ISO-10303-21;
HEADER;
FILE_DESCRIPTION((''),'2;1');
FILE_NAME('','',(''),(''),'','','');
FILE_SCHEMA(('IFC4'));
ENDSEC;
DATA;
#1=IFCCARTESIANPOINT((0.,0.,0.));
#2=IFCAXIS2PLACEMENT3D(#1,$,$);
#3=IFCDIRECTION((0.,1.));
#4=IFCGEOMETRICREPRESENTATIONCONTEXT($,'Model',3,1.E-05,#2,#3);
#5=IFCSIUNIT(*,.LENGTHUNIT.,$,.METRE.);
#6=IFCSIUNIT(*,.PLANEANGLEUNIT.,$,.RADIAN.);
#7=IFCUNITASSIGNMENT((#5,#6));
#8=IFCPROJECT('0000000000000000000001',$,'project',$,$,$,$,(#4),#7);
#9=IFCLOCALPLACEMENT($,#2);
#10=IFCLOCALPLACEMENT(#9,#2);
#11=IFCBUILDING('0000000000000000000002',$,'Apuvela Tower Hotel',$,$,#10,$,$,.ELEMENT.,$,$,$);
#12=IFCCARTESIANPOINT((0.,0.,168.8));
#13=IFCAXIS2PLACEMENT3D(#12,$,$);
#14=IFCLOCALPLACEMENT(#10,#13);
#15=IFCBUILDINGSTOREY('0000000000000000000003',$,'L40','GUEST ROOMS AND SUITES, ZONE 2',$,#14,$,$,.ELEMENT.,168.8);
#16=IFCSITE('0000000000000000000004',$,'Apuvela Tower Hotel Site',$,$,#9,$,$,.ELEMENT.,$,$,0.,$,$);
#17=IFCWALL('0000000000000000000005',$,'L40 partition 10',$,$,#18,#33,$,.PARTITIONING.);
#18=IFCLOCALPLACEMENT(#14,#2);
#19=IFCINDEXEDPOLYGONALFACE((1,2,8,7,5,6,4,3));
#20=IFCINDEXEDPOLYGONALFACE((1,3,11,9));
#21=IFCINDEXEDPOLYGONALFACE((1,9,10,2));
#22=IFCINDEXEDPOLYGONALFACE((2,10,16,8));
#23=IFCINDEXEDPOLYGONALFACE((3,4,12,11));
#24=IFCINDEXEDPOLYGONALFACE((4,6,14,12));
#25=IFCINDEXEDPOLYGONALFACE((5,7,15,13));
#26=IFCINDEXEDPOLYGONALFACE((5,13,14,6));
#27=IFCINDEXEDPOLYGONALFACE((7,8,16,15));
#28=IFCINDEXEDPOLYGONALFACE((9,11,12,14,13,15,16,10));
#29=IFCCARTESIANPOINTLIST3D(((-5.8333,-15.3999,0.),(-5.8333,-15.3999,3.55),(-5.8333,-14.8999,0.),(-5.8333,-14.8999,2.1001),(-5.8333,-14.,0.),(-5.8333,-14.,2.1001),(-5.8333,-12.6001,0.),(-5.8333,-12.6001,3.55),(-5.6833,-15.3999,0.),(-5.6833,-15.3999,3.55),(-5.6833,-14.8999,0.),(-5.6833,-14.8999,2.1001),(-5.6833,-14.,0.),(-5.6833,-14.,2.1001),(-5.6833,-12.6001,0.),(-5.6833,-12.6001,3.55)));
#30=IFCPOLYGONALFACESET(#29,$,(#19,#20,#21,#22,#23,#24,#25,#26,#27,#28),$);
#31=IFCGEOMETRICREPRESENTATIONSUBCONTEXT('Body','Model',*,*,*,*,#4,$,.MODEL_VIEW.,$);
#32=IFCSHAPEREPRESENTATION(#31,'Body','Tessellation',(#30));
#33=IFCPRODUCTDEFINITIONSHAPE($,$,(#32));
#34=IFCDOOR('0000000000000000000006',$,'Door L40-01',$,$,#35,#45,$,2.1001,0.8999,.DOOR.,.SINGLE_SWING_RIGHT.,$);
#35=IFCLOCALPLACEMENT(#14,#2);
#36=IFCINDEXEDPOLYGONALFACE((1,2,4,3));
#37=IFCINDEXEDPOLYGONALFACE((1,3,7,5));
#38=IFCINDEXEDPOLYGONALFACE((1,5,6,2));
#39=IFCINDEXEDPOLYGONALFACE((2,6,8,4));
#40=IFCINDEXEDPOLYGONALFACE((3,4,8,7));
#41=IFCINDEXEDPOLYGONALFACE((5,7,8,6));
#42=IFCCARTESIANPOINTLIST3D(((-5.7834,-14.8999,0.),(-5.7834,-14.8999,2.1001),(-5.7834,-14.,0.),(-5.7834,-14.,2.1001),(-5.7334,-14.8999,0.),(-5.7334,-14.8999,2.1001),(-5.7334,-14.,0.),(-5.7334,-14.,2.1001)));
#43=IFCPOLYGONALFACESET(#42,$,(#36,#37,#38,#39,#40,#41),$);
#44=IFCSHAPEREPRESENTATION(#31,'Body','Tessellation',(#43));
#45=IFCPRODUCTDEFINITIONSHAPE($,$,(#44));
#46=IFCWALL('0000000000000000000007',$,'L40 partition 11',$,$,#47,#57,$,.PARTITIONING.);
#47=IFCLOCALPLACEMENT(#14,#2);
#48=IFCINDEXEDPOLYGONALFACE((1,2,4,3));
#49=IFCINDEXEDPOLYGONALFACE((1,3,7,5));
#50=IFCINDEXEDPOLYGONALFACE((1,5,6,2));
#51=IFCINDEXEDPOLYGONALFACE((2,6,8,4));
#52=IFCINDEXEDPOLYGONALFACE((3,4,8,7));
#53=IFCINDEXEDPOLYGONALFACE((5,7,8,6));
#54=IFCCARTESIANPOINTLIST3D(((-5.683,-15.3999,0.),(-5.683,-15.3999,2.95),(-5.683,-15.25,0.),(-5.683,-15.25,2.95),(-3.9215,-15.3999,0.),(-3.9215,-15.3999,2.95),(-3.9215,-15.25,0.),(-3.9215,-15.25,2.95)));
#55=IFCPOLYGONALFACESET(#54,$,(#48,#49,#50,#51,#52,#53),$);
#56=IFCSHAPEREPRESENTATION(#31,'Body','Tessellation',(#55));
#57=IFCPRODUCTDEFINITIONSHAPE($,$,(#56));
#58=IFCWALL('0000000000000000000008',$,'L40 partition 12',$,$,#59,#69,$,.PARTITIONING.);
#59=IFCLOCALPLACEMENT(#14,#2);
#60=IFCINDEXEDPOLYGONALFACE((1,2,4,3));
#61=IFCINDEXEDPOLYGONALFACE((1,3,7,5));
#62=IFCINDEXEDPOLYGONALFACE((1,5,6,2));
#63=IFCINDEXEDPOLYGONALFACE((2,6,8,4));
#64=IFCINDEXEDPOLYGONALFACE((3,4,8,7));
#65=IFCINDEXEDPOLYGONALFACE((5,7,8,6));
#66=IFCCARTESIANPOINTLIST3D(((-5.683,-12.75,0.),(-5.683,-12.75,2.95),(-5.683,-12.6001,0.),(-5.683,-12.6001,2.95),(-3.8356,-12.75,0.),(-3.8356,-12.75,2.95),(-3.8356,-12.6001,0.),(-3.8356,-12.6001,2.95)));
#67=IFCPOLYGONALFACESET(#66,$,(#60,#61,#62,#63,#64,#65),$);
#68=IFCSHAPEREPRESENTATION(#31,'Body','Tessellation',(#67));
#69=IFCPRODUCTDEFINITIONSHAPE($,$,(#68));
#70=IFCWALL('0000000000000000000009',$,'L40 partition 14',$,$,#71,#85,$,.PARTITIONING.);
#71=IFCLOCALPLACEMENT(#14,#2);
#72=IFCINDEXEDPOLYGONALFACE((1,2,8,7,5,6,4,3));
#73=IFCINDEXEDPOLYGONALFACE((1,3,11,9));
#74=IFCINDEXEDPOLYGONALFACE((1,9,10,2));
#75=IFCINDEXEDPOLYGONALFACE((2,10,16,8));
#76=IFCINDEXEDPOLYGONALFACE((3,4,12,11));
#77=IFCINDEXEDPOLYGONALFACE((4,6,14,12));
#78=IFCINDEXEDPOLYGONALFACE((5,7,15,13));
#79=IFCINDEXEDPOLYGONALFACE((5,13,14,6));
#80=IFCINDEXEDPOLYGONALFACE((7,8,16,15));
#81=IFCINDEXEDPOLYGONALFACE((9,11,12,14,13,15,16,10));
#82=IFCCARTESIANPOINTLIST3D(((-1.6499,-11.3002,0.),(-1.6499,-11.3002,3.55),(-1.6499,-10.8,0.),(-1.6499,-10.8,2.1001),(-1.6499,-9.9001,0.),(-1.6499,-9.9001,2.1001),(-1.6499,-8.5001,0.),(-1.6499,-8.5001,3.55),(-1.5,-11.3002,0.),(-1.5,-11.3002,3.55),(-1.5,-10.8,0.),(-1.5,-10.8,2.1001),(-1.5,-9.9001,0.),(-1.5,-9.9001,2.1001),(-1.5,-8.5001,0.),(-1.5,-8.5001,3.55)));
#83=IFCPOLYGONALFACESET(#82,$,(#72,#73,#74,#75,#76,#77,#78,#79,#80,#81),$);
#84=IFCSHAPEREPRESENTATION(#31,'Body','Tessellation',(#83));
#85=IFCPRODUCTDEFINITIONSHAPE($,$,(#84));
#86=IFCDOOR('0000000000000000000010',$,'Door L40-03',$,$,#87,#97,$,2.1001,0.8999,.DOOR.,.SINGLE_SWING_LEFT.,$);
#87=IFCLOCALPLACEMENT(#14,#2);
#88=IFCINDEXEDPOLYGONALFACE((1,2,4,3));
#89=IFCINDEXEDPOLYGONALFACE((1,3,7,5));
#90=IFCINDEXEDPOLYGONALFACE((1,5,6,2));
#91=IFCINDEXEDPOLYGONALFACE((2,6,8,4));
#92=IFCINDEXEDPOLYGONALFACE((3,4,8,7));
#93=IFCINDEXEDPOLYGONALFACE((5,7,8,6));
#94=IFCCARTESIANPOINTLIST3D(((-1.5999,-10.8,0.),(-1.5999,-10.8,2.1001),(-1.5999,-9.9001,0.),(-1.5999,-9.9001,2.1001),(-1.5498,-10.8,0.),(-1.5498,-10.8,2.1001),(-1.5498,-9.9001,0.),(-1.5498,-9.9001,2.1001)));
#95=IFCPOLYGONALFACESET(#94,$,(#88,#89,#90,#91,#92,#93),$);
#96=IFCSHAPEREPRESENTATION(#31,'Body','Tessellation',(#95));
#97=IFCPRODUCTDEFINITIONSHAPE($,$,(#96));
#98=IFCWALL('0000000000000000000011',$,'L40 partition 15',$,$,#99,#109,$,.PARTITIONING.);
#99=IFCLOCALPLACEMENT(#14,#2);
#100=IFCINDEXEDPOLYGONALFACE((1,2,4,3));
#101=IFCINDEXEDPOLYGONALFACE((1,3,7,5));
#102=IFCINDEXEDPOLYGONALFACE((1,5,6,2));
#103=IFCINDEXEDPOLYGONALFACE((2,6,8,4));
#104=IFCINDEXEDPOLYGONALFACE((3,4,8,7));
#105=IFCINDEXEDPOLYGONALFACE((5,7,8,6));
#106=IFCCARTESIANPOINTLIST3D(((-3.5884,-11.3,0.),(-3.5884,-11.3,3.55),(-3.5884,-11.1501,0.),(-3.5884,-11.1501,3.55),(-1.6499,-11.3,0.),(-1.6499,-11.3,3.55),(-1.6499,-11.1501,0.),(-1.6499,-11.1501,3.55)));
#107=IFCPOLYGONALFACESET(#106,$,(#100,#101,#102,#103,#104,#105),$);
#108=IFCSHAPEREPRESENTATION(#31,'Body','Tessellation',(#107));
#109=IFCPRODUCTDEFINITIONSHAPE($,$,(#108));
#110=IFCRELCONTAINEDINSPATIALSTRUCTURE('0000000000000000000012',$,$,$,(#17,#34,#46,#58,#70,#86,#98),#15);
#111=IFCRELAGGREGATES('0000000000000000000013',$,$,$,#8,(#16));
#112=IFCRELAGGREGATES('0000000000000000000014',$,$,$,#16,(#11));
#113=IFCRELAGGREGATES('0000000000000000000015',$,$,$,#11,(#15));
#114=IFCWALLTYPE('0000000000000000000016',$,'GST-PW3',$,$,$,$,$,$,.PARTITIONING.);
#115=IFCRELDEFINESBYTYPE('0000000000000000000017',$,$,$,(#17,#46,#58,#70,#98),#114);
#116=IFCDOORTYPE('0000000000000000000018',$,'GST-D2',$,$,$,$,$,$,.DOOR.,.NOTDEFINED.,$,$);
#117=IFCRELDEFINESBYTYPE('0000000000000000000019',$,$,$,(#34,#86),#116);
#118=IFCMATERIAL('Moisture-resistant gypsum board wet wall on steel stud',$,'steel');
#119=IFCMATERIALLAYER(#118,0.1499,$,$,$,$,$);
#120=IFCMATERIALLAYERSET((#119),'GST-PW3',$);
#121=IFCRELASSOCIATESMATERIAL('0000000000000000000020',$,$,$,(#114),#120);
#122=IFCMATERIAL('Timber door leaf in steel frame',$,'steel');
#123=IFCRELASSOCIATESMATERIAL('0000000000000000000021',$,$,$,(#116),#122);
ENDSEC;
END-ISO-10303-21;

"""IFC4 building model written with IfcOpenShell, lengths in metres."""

from ifc_helpers import new_model, si_unit, direction, frame, frame_2d, origin, place, context, subcontext, project, spatial, rectangle, extrude, material, layer, layer_set, type_object, element, fill, save


model = new_model("IFC4")

# Units and contexts
model_context = context("Model", 3, precision=1e-05, world=origin(), true_north=direction((0.0, 1.0)))
body_context = subcontext(model_context, "Body", "Model", "MODEL_VIEW")
ifc_project = project(units=[si_unit("LENGTHUNIT", "METRE"), si_unit("PLANEANGLEUNIT", "RADIAN")], contexts=[model_context])

# Site, building, storey
site_placement = place(None, origin())
site = spatial("IfcSite", under=ifc_project, at=site_placement, Name="Apuvela Tower Hotel Site", CompositionType="ELEMENT", RefElevation=0.0)
building_placement = place(site_placement, origin())
building = spatial("IfcBuilding", under=site, at=building_placement, Name="Apuvela Tower Hotel", CompositionType="ELEMENT")
storey_placement = place(building_placement, frame((0.0, 0.0, 168.8)))
storey = spatial("IfcBuildingStorey", under=building, at=storey_placement, Name="L40", Description="GUEST ROOMS AND SUITES, ZONE 2", CompositionType="ELEMENT", Elevation=168.8)

# Wall, opening, door
ifc_material_1 = material(Name="Timber door leaf in steel frame", Category="steel")
ifc_material_2 = material(Name="Moisture-resistant gypsum board wet wall on steel stud", Category="steel")
ifc_layer_1 = layer(ifc_material_2, 0.1499)
ifc_layer_set_1 = layer_set([ifc_layer_1], Name="GST-PW3")
wall_type_1 = type_object("IfcWallType", Name="GST-PW3", PredefinedType="PARTITIONING", material=ifc_layer_set_1)
wall_1_placement = place(storey_placement, frame((-5.7583, -12.6001, 0.0), z_axis=(0.0, 0.0, 1.0), x_axis=(0.0, -1.0, 0.0)))
wall_1 = element("IfcWall", 1, at=wall_1_placement, inside=storey, type_object=wall_type_1, Name="L40 partition 10", PredefinedType="PARTITIONING", context=body_context, shape_type="SweptSolid", body=[
    extrude(rectangle(XDim=2.7998, YDim=0.1499, at=frame_2d((1.3999, 0.0))), origin(), (0.0, 0.0, 1.0), 3.55),
])
opening_1_placement = place(wall_1_placement, frame((1.3999, 0.0, 0.0)))
opening_1 = element("IfcOpeningElement", 2, at=opening_1_placement, cuts=wall_1, PredefinedType="OPENING", context=body_context, shape_type="SweptSolid", body=[
    extrude(rectangle(XDim=0.8999, YDim=2.1001, at=frame_2d((0.45, 1.05))), frame((0.0, 0.085, 0.0), z_axis=(0.0, -1.0, 0.0), x_axis=(1.0, 0.0, 0.0)), (0.0, 0.0, 1.0), 0.1699),
])
door_type_1 = type_object("IfcDoorType", Name="GST-D2", OperationType="NOTDEFINED", PredefinedType="DOOR", material=ifc_material_1)
door_1_placement = place(opening_1_placement, origin())
door_1 = element("IfcDoor", 3, at=door_1_placement, inside=storey, type_object=door_type_1, Name="Door L40-01", OperationType="SINGLE_SWING_RIGHT", OverallHeight=2.1001, OverallWidth=0.8999, PredefinedType="DOOR", context=body_context, shape_type="SweptSolid", body=[
    extrude(rectangle(XDim=0.8999, YDim=2.1001, at=frame_2d((0.45, 1.05))), frame((0.0, 0.0249, 0.0), z_axis=(0.0, -1.0, 0.0), x_axis=(1.0, 0.0, 0.0)), (0.0, 0.0, 1.0), 0.05),
])
fill(opening_1, door_1)

# Walls
wall_2_placement = place(storey_placement, frame((-5.6831, -15.325, 0.0), z_axis=(0.0, 0.0, 1.0), x_axis=(1.0, 0.0, 0.0)))
element("IfcWall", 4, at=wall_2_placement, inside=storey, type_object=wall_type_1, Name="L40 partition 11", PredefinedType="PARTITIONING", context=body_context, shape_type="SweptSolid", body=[
    extrude(rectangle(XDim=1.7615, YDim=0.1499, at=frame_2d((0.8809, 0.0))), origin(), (0.0, 0.0, 1.0), 2.95),
])
wall_3_placement = place(storey_placement, frame((-5.6831, -12.675, 0.0), z_axis=(0.0, 0.0, 1.0), x_axis=(1.0, 0.0, 0.0)))
element("IfcWall", 5, at=wall_3_placement, inside=storey, type_object=wall_type_1, Name="L40 partition 12", PredefinedType="PARTITIONING", context=body_context, shape_type="SweptSolid", body=[
    extrude(rectangle(XDim=1.8474, YDim=0.1499, at=frame_2d((0.9238, 0.0))), origin(), (0.0, 0.0, 1.0), 2.95),
])

# Wall, opening, door
wall_4_placement = place(storey_placement, frame((-1.575, -11.3, 0.0), z_axis=(0.0, 0.0, 1.0), x_axis=(0.0, 1.0, 0.0)))
wall_4 = element("IfcWall", 6, at=wall_4_placement, inside=storey, type_object=wall_type_1, Name="L40 partition 14", PredefinedType="PARTITIONING", context=body_context, shape_type="SweptSolid", body=[
    extrude(rectangle(XDim=2.8, YDim=0.1499, at=frame_2d((1.3999, 0.0))), origin(), (0.0, 0.0, 1.0), 3.55),
])
opening_2_placement = place(wall_4_placement, frame((0.5, 0.0, 0.0)))
opening_2 = element("IfcOpeningElement", 7, at=opening_2_placement, cuts=wall_4, PredefinedType="OPENING", context=body_context, shape_type="SweptSolid", body=[
    extrude(rectangle(XDim=0.8999, YDim=2.1001, at=frame_2d((0.45, 1.05))), frame((0.0, 0.085, 0.0), z_axis=(0.0, -1.0, 0.0), x_axis=(1.0, 0.0, 0.0)), (0.0, 0.0, 1.0), 0.1699),
])
door_2_placement = place(opening_2_placement, origin())
door_2 = element("IfcDoor", 8, at=door_2_placement, inside=storey, type_object=door_type_1, Name="Door L40-03", OperationType="SINGLE_SWING_LEFT", OverallHeight=2.1001, OverallWidth=0.8999, PredefinedType="DOOR", context=body_context, shape_type="SweptSolid", body=[
    extrude(rectangle(XDim=0.8999, YDim=2.1001, at=frame_2d((0.45, 1.05))), frame((0.0, 0.0249, 0.0), z_axis=(0.0, -1.0, 0.0), x_axis=(1.0, 0.0, 0.0)), (0.0, 0.0, 1.0), 0.05),
])
fill(opening_2, door_2)

# Wall
wall_5_placement = place(storey_placement, frame((-3.5884, -11.2251, 0.0), z_axis=(0.0, 0.0, 1.0), x_axis=(1.0, 0.0, 0.0)))
element("IfcWall", 9, at=wall_5_placement, inside=storey, type_object=wall_type_1, Name="L40 partition 15", PredefinedType="PARTITIONING", context=body_context, shape_type="SweptSolid", body=[
    extrude(rectangle(XDim=1.9385, YDim=0.1499, at=frame_2d((0.9692, 0.0))), origin(), (0.0, 0.0, 1.0), 3.55),
])

save(model, "model.ifc")
